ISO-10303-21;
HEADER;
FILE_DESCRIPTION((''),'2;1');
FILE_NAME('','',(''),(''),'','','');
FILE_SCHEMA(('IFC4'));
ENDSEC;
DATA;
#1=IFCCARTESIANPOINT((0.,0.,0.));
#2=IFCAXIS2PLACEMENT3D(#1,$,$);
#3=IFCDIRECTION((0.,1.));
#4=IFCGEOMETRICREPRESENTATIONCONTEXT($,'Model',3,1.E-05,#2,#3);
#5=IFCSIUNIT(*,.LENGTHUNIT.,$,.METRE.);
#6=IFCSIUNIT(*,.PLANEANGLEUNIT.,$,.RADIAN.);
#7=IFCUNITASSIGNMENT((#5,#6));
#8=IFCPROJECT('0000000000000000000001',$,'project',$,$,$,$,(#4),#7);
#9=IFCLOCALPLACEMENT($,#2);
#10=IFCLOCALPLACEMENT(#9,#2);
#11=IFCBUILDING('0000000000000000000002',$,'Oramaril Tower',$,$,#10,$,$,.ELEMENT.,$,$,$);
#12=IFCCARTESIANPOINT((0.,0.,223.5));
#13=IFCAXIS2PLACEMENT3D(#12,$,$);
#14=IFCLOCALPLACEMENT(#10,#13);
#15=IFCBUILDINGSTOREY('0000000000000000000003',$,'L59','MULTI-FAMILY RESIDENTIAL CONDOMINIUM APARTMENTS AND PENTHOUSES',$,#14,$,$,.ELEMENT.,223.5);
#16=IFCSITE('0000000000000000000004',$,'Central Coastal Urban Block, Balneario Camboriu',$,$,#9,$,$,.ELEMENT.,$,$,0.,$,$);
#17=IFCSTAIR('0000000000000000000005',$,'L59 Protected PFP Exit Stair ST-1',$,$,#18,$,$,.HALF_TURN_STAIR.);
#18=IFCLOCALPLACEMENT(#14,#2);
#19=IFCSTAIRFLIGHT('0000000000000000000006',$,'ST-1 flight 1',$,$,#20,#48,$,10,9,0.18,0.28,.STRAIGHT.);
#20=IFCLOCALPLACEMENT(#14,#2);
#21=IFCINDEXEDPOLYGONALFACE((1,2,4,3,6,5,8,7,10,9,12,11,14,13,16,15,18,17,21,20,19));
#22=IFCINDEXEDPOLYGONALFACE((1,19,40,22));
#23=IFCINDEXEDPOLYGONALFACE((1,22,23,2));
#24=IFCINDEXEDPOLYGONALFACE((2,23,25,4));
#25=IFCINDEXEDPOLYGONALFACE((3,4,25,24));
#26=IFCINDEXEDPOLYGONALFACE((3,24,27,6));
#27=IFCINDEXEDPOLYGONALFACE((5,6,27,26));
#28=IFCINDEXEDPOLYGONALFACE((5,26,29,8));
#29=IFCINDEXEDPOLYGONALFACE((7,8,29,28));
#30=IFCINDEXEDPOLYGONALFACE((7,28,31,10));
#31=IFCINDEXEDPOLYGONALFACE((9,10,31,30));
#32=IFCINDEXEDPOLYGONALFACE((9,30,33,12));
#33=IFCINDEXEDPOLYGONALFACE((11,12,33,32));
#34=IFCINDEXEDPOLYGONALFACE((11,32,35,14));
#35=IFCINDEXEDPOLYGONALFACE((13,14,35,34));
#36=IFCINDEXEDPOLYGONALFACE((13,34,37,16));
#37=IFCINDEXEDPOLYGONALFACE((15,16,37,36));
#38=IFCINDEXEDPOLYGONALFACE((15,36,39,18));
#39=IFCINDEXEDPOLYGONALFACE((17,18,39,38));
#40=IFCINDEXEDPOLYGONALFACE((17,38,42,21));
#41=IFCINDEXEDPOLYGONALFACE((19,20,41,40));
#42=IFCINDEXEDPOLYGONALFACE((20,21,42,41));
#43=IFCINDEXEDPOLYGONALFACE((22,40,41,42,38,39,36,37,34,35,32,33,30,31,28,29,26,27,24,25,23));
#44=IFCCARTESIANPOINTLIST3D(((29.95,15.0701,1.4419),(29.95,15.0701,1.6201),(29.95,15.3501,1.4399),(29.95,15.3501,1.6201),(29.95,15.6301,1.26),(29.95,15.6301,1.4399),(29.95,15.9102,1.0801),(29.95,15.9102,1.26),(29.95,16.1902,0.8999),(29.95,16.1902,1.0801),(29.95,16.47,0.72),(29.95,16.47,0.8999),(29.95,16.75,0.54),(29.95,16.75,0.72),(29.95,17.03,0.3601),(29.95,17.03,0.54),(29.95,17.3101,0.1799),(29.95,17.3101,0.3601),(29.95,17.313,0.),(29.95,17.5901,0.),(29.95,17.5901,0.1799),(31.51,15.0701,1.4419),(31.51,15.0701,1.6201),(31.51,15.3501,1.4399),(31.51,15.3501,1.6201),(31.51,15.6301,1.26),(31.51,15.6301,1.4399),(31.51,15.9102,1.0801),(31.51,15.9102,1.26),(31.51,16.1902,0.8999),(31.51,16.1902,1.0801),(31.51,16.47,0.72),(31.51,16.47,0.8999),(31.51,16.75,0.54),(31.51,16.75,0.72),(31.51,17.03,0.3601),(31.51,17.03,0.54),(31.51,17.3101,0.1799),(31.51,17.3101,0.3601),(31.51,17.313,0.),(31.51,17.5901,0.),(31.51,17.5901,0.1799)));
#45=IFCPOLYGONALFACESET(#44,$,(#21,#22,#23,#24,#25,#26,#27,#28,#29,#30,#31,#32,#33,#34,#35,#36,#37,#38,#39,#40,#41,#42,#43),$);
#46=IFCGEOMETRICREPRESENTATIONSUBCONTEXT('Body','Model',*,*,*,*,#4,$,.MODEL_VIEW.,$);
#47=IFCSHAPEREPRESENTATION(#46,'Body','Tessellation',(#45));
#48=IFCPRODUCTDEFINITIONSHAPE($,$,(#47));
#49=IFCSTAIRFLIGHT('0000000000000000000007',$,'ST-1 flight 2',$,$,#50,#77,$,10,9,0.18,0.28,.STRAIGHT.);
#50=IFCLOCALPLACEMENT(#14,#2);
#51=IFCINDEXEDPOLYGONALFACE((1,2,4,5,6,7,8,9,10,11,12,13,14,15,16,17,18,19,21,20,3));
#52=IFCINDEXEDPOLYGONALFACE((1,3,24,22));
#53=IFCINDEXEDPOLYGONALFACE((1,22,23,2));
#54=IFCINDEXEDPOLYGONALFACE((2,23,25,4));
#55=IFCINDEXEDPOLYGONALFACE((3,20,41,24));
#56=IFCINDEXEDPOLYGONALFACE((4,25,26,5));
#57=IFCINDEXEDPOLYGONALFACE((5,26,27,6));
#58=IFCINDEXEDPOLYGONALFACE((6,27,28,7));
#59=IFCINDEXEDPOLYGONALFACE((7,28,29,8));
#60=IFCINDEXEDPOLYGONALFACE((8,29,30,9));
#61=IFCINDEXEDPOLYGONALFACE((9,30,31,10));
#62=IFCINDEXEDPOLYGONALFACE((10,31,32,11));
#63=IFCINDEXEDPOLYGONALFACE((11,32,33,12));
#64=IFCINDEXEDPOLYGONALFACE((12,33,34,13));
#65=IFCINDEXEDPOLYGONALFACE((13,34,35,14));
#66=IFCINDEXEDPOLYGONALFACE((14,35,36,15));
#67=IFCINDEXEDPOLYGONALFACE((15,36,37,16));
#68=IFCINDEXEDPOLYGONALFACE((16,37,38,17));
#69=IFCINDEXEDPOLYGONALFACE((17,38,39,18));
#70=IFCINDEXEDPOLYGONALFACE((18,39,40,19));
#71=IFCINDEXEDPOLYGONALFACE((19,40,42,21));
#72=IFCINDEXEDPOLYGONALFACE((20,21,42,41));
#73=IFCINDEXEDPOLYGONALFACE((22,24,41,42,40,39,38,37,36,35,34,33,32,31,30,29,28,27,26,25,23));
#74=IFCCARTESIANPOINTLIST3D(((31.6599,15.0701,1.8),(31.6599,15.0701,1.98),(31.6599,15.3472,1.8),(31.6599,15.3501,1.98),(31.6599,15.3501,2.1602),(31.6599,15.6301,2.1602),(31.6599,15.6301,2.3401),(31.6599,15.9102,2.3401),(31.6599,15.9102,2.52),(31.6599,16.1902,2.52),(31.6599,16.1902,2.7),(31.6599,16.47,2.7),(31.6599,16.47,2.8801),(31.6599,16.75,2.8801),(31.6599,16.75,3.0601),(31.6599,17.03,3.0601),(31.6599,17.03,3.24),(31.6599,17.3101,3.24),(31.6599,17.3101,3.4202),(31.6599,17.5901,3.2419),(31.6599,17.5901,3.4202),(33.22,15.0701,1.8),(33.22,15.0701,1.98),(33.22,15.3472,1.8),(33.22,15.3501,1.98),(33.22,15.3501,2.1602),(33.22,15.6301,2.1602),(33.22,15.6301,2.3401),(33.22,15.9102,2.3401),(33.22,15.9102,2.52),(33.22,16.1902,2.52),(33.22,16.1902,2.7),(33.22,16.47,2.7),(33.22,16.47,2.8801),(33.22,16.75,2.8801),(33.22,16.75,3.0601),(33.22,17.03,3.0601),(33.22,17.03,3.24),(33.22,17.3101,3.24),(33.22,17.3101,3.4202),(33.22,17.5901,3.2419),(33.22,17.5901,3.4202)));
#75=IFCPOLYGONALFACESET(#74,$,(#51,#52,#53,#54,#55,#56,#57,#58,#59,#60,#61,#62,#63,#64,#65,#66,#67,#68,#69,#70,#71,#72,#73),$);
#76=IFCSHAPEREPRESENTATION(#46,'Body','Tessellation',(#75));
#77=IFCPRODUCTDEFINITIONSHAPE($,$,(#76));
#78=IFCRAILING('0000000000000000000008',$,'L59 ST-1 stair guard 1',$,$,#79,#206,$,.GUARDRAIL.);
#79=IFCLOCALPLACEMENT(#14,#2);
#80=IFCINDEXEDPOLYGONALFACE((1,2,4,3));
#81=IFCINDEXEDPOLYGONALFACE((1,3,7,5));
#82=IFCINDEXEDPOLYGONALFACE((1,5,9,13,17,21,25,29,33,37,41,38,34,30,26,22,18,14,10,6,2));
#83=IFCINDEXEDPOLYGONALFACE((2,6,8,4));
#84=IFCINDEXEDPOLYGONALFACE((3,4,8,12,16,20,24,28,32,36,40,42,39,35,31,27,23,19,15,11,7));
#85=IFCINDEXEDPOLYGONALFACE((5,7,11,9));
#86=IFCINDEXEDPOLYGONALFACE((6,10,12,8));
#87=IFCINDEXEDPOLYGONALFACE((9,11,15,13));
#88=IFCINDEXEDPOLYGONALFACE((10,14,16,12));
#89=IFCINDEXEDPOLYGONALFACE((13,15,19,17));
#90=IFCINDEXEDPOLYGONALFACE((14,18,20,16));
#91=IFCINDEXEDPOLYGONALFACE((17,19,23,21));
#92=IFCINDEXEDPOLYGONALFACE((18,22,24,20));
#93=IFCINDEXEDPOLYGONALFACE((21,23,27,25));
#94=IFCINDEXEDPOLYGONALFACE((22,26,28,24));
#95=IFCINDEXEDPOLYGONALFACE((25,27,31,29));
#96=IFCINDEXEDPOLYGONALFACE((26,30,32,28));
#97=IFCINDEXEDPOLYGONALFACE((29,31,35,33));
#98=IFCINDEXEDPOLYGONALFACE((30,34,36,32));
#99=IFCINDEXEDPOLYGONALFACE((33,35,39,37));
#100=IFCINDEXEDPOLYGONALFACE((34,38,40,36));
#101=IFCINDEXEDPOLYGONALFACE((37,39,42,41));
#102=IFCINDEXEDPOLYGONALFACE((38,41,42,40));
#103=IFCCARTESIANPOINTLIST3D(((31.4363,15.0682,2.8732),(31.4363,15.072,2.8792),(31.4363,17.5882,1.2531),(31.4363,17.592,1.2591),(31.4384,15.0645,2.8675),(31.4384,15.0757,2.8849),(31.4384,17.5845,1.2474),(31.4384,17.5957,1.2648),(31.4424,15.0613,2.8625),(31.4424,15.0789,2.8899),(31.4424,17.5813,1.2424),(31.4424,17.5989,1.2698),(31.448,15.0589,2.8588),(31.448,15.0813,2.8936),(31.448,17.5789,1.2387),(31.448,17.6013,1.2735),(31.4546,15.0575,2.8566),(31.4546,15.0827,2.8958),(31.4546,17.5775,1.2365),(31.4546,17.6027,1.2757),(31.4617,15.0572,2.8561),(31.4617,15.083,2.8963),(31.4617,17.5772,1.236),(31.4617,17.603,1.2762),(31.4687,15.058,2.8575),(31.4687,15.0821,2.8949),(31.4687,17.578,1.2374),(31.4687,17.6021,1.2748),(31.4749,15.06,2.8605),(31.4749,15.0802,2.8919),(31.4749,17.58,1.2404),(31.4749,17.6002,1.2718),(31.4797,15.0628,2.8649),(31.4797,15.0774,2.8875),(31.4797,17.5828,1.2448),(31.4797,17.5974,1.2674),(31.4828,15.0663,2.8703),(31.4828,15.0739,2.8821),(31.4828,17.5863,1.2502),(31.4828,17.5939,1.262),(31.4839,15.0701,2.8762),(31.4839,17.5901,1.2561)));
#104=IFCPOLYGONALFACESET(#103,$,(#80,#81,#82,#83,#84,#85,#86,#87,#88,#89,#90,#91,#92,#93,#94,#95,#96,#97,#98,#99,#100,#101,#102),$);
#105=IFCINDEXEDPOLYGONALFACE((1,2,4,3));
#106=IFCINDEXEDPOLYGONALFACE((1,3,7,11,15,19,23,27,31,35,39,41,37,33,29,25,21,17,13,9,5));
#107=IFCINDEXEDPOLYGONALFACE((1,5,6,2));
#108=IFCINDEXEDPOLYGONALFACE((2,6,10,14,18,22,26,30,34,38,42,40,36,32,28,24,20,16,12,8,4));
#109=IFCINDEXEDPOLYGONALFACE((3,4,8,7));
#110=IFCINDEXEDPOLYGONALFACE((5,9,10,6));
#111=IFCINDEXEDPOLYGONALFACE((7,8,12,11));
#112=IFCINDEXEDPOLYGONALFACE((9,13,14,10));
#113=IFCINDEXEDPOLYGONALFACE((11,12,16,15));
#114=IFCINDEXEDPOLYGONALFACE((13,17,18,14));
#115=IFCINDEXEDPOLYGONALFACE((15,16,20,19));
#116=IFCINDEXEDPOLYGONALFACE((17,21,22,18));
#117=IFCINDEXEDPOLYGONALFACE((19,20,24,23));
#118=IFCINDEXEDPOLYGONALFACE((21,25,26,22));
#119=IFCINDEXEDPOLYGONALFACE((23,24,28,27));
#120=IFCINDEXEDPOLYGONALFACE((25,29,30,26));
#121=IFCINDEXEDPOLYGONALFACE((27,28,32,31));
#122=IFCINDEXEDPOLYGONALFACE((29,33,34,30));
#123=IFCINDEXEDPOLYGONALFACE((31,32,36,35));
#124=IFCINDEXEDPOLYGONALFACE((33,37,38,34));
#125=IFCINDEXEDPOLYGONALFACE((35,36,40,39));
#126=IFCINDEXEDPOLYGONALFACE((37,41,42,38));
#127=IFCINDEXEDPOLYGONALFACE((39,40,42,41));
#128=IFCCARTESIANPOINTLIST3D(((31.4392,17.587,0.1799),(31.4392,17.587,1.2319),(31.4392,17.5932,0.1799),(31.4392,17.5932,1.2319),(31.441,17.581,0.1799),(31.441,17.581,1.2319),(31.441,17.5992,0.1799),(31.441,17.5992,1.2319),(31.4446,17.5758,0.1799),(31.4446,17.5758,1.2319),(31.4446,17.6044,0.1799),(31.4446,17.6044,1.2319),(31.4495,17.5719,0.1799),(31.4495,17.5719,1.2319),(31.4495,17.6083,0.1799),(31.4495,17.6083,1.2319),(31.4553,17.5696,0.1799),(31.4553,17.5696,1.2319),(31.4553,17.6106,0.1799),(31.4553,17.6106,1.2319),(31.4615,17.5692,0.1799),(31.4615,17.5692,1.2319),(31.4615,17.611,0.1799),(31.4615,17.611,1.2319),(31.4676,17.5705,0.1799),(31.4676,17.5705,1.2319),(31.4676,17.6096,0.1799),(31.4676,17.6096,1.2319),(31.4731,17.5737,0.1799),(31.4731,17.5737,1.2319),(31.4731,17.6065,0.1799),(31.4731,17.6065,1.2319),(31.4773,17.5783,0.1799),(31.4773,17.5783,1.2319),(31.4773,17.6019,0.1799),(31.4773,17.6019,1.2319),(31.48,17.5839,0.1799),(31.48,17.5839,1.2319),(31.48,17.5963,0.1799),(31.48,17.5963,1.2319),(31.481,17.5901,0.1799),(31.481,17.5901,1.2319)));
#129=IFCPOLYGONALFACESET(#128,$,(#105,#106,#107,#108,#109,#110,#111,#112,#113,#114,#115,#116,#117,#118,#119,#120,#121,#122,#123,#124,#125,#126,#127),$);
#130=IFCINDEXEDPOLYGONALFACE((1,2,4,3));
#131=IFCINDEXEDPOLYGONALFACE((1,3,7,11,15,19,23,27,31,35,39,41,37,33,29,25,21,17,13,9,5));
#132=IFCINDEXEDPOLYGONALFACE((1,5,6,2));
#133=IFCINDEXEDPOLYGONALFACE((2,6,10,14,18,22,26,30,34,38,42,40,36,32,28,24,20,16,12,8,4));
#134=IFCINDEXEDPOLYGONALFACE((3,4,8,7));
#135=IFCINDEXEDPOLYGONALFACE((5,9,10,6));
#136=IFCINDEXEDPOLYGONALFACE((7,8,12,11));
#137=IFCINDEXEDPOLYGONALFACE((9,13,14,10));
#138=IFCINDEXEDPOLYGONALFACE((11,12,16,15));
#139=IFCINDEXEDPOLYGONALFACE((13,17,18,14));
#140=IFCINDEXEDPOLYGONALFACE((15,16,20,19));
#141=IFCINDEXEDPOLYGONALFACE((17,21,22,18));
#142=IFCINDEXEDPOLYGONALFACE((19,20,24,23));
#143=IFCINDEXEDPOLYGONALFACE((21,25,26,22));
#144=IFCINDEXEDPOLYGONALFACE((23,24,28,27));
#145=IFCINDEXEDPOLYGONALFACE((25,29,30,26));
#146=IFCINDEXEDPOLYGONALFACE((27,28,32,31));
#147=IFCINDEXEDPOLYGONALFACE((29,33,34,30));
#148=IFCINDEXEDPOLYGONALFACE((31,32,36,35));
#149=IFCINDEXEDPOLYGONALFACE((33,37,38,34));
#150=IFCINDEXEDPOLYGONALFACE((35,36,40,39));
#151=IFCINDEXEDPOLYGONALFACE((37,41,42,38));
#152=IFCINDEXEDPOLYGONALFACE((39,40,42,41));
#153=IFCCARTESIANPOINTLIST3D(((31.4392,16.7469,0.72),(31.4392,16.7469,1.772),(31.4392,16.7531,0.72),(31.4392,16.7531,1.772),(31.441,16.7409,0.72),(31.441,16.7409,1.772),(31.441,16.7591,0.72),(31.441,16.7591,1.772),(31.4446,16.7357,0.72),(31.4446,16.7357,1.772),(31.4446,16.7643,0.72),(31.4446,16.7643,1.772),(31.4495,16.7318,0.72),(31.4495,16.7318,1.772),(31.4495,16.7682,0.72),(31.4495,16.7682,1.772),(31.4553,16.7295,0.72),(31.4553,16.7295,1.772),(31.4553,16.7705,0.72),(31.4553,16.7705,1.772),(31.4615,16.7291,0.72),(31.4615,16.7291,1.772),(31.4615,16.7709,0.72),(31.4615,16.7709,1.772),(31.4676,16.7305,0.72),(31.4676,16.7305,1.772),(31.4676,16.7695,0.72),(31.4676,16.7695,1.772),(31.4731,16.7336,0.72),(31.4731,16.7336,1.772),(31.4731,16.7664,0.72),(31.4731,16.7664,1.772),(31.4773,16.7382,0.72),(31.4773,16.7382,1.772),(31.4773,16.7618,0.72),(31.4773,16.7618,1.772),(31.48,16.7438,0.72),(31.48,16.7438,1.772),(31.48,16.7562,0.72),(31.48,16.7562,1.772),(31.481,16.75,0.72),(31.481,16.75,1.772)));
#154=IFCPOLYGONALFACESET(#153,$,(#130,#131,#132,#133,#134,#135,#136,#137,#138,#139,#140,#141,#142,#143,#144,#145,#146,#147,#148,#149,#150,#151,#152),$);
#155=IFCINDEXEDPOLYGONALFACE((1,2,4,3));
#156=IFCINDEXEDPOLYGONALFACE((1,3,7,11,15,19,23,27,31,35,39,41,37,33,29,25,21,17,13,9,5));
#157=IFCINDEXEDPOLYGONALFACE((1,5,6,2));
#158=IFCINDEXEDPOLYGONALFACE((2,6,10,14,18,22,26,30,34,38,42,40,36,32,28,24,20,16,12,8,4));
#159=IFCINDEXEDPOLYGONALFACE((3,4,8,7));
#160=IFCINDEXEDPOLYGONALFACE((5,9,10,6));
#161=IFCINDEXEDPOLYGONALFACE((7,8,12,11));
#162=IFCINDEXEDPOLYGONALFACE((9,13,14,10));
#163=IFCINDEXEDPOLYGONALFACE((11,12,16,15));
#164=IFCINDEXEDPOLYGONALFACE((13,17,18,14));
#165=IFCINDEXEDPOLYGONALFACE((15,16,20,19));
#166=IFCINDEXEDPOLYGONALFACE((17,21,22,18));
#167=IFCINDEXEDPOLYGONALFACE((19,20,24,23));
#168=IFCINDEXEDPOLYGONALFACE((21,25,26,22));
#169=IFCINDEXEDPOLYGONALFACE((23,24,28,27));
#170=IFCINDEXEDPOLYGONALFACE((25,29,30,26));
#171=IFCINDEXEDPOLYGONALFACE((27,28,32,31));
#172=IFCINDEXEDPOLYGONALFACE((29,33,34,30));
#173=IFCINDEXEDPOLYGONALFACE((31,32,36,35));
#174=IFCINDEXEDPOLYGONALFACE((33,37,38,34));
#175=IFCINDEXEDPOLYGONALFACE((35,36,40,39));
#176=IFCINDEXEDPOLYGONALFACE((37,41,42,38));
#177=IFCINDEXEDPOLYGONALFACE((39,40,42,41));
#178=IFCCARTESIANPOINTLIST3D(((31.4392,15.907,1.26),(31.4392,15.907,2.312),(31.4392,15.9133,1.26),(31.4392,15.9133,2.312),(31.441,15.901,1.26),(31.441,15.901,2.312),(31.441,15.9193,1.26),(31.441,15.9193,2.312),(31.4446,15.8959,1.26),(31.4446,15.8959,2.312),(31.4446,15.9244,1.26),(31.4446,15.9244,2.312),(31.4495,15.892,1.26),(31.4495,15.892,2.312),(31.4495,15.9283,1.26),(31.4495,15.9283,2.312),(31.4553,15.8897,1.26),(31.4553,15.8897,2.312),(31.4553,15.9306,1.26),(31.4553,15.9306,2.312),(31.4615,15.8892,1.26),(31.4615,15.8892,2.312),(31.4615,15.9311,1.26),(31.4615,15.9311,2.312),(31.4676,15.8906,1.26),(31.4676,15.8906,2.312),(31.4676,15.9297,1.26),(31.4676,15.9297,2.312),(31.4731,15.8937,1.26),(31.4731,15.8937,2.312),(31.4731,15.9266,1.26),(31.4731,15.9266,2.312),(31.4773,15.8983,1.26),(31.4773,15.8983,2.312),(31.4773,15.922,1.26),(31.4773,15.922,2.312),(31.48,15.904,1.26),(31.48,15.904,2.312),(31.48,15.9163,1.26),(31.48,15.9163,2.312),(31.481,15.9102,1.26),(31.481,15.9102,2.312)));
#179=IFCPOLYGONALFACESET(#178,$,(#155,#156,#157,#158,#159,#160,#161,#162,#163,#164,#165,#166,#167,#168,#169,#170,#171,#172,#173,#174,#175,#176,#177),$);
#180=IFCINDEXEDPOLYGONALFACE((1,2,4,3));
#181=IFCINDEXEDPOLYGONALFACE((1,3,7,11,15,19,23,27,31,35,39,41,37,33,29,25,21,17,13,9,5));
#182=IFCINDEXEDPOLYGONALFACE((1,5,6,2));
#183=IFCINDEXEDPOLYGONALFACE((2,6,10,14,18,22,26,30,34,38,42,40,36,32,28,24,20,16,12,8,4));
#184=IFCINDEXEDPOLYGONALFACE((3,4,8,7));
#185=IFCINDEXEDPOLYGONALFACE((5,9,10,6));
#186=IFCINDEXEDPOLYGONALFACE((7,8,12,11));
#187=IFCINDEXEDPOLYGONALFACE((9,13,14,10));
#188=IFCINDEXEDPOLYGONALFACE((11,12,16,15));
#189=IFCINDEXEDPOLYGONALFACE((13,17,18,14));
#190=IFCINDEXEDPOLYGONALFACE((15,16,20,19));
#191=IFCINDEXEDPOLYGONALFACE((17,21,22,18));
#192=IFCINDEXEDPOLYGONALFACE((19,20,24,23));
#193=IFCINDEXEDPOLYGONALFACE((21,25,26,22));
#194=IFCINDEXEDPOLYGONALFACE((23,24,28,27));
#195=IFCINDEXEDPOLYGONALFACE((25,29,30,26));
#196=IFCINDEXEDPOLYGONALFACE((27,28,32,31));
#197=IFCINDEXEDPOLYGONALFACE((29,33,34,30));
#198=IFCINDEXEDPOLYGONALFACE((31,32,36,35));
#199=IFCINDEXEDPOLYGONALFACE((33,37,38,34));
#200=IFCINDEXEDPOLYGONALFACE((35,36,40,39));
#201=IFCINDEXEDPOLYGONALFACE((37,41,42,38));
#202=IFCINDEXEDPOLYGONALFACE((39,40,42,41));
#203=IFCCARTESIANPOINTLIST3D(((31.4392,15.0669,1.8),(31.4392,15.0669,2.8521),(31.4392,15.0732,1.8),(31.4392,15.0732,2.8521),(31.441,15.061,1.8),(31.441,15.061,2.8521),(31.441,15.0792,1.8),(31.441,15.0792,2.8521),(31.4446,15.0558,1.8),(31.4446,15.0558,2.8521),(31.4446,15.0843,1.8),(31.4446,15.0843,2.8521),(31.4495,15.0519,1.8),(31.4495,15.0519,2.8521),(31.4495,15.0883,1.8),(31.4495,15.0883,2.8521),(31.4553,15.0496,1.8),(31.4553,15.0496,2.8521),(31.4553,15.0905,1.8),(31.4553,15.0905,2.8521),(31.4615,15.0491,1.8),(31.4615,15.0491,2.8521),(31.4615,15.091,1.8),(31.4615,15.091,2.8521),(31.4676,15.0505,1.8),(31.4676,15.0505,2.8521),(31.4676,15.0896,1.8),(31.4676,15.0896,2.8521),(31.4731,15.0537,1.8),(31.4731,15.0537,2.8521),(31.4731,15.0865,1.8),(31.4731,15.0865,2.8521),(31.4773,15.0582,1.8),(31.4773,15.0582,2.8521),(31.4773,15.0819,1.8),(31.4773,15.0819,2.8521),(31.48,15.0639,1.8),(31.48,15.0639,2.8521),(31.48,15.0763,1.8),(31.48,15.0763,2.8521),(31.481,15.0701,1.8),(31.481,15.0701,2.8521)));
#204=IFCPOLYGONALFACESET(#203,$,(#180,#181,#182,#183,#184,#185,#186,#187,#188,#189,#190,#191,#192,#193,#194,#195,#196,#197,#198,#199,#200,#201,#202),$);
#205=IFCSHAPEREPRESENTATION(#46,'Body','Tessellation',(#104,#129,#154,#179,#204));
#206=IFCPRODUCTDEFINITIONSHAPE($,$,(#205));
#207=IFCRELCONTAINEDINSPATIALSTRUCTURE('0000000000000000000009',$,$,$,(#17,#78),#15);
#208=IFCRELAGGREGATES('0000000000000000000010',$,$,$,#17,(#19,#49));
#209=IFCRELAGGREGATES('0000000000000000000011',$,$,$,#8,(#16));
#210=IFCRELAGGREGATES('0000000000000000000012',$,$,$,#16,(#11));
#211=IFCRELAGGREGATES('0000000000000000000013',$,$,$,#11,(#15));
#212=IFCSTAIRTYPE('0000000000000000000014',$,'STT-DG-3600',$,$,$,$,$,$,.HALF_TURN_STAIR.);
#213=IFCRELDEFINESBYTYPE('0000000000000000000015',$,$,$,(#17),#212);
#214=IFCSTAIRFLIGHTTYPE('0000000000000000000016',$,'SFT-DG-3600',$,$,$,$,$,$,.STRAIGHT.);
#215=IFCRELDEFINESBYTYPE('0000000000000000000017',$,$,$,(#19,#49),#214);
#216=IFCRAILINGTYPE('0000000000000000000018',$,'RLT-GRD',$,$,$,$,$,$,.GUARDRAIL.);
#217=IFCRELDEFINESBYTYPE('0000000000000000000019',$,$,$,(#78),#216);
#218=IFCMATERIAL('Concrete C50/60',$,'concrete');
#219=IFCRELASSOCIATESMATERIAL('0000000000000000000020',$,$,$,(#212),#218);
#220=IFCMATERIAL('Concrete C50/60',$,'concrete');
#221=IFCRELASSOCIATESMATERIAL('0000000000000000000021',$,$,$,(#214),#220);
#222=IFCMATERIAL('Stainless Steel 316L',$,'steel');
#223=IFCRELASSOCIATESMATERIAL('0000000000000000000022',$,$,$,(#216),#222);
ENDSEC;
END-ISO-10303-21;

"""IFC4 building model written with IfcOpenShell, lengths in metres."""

from ifc_helpers import new_model, si_unit, direction, frame, origin, origin_2d, place, context, subcontext, project, spatial, polyline, circle, outline, extrude, material, type_object, element, aggregate, save


model = new_model("IFC4")

# Units and contexts
model_context = context("Model", 3, precision=1e-05, world=origin(), true_north=direction((0.0, 1.0)))
body_context = subcontext(model_context, "Body", "Model", "MODEL_VIEW")
ifc_project = project(units=[si_unit("LENGTHUNIT", "METRE"), si_unit("PLANEANGLEUNIT", "RADIAN")], contexts=[model_context])

# Site, building, storey
site_placement = place(None, origin())
site = spatial("IfcSite", under=ifc_project, at=site_placement, Name="Central Coastal Urban Block, Balneario Camboriu", CompositionType="ELEMENT", RefElevation=0.0)
building_placement = place(site_placement, origin())
building = spatial("IfcBuilding", under=site, at=building_placement, Name="Oramaril Tower", CompositionType="ELEMENT")
storey_placement = place(building_placement, frame((0.0, 0.0, 223.5)))
storey = spatial("IfcBuildingStorey", under=building, at=storey_placement, Name="L59", Description="MULTI-FAMILY RESIDENTIAL CONDOMINIUM APARTMENTS AND PENTHOUSES", CompositionType="ELEMENT", Elevation=223.5)

# Stair, stair flights
ifc_material_1 = material(Name="Concrete C50/60", Category="concrete")
stair_type = type_object("IfcStairType", Name="STT-DG-3600", PredefinedType="HALF_TURN_STAIR", material=ifc_material_1)
stair_placement = place(storey_placement, origin())
stair = element("IfcStair", 1, at=stair_placement, inside=storey, type_object=stair_type, Name="L59 Protected PFP Exit Stair ST-1", PredefinedType="HALF_TURN_STAIR")
ifc_material_2 = material(Name="Concrete C50/60", Category="concrete")
stair_flight_type = type_object("IfcStairFlightType", Name="SFT-DG-3600", PredefinedType="STRAIGHT", material=ifc_material_2)
stair_flight_1_placement = place(storey_placement, frame((30.73, 17.5901, 0.0), z_axis=(0.0, 0.0, 1.0), x_axis=(0.0, -1.0, 0.0)))
stair_flight_1 = element("IfcStairFlight", 2, at=stair_flight_1_placement, type_object=stair_flight_type, Name="ST-1 flight 1", NumberOfRisers=10, NumberOfTreads=9, PredefinedType="STRAIGHT", RiserHeight=0.18, TreadLength=0.28, context=body_context, shape_type="SweptSolid", body=[
    extrude(outline(polyline([(0.0, 0.0), (0.0, 0.1799), (0.28, 0.1799), (0.28, 0.3601), (0.5601, 0.3601), (0.5601, 0.54), (0.8401, 0.54), (0.8401, 0.72), (1.1201, 0.72), (1.1201, 0.8999), (1.3999, 0.8999), (1.3999, 1.0801), (1.6799, 1.0801), (1.6799, 1.26), (1.96, 1.26), (1.96, 1.4399), (2.24, 1.4399), (2.24, 1.6201), (2.52, 1.6201), (2.52, 1.8), (2.52, 1.4419), (0.2771, 0.0), (0.0, 0.0)])), frame((0.0, 0.78, 0.0), z_axis=(0.0, -1.0, 0.0), x_axis=(1.0, 0.0, 0.0)), (0.0, 0.0, 1.0), 1.5601),
])
stair_flight_2_placement = place(storey_placement, frame((32.4399, 15.0701, 1.8), z_axis=(0.0, 0.0, 1.0), x_axis=(0.0, 1.0, 0.0)))
stair_flight_2 = element("IfcStairFlight", 3, at=stair_flight_2_placement, type_object=stair_flight_type, Name="ST-1 flight 2", NumberOfRisers=10, NumberOfTreads=9, PredefinedType="STRAIGHT", RiserHeight=0.18, TreadLength=0.28, context=body_context, shape_type="SweptSolid", body=[
    extrude(outline(polyline([(0.0, 0.0), (0.0, 0.1799), (0.28, 0.1799), (0.28, 0.3601), (0.5601, 0.3601), (0.5601, 0.54), (0.8401, 0.54), (0.8401, 0.72), (1.1201, 0.72), (1.1201, 0.8999), (1.3999, 0.8999), (1.3999, 1.0801), (1.6799, 1.0801), (1.6799, 1.26), (1.96, 1.26), (1.96, 1.4399), (2.24, 1.4399), (2.24, 1.6201), (2.52, 1.6201), (2.52, 1.8), (2.52, 1.4419), (0.2771, 0.0), (0.0, 0.0)])), frame((0.0, 0.78, 0.0), z_axis=(0.0, -1.0, 0.0), x_axis=(1.0, 0.0, 0.0)), (0.0, 0.0, 1.0), 1.5601),
])
aggregate(stair, [stair_flight_1, stair_flight_2])

# Railing
ifc_material_3 = material(Name="Stainless Steel 316L", Category="steel")
railing_type_1 = type_object("IfcRailingType", Name="RLT-GRD", PredefinedType="GUARDRAIL", material=ifc_material_3)
railing_1_placement = place(storey_placement, frame((31.46, 17.5901, 0.1799)))
element("IfcRailing", 4, at=railing_1_placement, inside=storey, type_object=railing_type_1, Name="L59 ST-1 stair guard 1", PredefinedType="GUARDRAIL", context=body_context, shape_type="SweptSolid", body=[
    extrude(circle(Radius=0.0239, at=origin_2d()), frame((0.0, 0.0, 1.0762), z_axis=(0.0, -0.841163, 0.540782), x_axis=(1.0, 0.0, 0.0)), (0.0, 0.0, 1.0), 2.9958),
    extrude(circle(Radius=0.021, at=origin_2d()), origin(), (0.0, 0.0, 1.0), 1.052),
    extrude(circle(Radius=0.021, at=origin_2d()), frame((0.0, -0.8401, 0.54)), (0.0, 0.0, 1.0), 1.052),
    extrude(circle(Radius=0.021, at=origin_2d()), frame((0.0, -1.6799, 1.0801)), (0.0, 0.0, 1.0), 1.052),
    extrude(circle(Radius=0.021, at=origin_2d()), frame((0.0, -2.52, 1.6201)), (0.0, 0.0, 1.0), 1.052),
])

save(model, "model.ifc")
